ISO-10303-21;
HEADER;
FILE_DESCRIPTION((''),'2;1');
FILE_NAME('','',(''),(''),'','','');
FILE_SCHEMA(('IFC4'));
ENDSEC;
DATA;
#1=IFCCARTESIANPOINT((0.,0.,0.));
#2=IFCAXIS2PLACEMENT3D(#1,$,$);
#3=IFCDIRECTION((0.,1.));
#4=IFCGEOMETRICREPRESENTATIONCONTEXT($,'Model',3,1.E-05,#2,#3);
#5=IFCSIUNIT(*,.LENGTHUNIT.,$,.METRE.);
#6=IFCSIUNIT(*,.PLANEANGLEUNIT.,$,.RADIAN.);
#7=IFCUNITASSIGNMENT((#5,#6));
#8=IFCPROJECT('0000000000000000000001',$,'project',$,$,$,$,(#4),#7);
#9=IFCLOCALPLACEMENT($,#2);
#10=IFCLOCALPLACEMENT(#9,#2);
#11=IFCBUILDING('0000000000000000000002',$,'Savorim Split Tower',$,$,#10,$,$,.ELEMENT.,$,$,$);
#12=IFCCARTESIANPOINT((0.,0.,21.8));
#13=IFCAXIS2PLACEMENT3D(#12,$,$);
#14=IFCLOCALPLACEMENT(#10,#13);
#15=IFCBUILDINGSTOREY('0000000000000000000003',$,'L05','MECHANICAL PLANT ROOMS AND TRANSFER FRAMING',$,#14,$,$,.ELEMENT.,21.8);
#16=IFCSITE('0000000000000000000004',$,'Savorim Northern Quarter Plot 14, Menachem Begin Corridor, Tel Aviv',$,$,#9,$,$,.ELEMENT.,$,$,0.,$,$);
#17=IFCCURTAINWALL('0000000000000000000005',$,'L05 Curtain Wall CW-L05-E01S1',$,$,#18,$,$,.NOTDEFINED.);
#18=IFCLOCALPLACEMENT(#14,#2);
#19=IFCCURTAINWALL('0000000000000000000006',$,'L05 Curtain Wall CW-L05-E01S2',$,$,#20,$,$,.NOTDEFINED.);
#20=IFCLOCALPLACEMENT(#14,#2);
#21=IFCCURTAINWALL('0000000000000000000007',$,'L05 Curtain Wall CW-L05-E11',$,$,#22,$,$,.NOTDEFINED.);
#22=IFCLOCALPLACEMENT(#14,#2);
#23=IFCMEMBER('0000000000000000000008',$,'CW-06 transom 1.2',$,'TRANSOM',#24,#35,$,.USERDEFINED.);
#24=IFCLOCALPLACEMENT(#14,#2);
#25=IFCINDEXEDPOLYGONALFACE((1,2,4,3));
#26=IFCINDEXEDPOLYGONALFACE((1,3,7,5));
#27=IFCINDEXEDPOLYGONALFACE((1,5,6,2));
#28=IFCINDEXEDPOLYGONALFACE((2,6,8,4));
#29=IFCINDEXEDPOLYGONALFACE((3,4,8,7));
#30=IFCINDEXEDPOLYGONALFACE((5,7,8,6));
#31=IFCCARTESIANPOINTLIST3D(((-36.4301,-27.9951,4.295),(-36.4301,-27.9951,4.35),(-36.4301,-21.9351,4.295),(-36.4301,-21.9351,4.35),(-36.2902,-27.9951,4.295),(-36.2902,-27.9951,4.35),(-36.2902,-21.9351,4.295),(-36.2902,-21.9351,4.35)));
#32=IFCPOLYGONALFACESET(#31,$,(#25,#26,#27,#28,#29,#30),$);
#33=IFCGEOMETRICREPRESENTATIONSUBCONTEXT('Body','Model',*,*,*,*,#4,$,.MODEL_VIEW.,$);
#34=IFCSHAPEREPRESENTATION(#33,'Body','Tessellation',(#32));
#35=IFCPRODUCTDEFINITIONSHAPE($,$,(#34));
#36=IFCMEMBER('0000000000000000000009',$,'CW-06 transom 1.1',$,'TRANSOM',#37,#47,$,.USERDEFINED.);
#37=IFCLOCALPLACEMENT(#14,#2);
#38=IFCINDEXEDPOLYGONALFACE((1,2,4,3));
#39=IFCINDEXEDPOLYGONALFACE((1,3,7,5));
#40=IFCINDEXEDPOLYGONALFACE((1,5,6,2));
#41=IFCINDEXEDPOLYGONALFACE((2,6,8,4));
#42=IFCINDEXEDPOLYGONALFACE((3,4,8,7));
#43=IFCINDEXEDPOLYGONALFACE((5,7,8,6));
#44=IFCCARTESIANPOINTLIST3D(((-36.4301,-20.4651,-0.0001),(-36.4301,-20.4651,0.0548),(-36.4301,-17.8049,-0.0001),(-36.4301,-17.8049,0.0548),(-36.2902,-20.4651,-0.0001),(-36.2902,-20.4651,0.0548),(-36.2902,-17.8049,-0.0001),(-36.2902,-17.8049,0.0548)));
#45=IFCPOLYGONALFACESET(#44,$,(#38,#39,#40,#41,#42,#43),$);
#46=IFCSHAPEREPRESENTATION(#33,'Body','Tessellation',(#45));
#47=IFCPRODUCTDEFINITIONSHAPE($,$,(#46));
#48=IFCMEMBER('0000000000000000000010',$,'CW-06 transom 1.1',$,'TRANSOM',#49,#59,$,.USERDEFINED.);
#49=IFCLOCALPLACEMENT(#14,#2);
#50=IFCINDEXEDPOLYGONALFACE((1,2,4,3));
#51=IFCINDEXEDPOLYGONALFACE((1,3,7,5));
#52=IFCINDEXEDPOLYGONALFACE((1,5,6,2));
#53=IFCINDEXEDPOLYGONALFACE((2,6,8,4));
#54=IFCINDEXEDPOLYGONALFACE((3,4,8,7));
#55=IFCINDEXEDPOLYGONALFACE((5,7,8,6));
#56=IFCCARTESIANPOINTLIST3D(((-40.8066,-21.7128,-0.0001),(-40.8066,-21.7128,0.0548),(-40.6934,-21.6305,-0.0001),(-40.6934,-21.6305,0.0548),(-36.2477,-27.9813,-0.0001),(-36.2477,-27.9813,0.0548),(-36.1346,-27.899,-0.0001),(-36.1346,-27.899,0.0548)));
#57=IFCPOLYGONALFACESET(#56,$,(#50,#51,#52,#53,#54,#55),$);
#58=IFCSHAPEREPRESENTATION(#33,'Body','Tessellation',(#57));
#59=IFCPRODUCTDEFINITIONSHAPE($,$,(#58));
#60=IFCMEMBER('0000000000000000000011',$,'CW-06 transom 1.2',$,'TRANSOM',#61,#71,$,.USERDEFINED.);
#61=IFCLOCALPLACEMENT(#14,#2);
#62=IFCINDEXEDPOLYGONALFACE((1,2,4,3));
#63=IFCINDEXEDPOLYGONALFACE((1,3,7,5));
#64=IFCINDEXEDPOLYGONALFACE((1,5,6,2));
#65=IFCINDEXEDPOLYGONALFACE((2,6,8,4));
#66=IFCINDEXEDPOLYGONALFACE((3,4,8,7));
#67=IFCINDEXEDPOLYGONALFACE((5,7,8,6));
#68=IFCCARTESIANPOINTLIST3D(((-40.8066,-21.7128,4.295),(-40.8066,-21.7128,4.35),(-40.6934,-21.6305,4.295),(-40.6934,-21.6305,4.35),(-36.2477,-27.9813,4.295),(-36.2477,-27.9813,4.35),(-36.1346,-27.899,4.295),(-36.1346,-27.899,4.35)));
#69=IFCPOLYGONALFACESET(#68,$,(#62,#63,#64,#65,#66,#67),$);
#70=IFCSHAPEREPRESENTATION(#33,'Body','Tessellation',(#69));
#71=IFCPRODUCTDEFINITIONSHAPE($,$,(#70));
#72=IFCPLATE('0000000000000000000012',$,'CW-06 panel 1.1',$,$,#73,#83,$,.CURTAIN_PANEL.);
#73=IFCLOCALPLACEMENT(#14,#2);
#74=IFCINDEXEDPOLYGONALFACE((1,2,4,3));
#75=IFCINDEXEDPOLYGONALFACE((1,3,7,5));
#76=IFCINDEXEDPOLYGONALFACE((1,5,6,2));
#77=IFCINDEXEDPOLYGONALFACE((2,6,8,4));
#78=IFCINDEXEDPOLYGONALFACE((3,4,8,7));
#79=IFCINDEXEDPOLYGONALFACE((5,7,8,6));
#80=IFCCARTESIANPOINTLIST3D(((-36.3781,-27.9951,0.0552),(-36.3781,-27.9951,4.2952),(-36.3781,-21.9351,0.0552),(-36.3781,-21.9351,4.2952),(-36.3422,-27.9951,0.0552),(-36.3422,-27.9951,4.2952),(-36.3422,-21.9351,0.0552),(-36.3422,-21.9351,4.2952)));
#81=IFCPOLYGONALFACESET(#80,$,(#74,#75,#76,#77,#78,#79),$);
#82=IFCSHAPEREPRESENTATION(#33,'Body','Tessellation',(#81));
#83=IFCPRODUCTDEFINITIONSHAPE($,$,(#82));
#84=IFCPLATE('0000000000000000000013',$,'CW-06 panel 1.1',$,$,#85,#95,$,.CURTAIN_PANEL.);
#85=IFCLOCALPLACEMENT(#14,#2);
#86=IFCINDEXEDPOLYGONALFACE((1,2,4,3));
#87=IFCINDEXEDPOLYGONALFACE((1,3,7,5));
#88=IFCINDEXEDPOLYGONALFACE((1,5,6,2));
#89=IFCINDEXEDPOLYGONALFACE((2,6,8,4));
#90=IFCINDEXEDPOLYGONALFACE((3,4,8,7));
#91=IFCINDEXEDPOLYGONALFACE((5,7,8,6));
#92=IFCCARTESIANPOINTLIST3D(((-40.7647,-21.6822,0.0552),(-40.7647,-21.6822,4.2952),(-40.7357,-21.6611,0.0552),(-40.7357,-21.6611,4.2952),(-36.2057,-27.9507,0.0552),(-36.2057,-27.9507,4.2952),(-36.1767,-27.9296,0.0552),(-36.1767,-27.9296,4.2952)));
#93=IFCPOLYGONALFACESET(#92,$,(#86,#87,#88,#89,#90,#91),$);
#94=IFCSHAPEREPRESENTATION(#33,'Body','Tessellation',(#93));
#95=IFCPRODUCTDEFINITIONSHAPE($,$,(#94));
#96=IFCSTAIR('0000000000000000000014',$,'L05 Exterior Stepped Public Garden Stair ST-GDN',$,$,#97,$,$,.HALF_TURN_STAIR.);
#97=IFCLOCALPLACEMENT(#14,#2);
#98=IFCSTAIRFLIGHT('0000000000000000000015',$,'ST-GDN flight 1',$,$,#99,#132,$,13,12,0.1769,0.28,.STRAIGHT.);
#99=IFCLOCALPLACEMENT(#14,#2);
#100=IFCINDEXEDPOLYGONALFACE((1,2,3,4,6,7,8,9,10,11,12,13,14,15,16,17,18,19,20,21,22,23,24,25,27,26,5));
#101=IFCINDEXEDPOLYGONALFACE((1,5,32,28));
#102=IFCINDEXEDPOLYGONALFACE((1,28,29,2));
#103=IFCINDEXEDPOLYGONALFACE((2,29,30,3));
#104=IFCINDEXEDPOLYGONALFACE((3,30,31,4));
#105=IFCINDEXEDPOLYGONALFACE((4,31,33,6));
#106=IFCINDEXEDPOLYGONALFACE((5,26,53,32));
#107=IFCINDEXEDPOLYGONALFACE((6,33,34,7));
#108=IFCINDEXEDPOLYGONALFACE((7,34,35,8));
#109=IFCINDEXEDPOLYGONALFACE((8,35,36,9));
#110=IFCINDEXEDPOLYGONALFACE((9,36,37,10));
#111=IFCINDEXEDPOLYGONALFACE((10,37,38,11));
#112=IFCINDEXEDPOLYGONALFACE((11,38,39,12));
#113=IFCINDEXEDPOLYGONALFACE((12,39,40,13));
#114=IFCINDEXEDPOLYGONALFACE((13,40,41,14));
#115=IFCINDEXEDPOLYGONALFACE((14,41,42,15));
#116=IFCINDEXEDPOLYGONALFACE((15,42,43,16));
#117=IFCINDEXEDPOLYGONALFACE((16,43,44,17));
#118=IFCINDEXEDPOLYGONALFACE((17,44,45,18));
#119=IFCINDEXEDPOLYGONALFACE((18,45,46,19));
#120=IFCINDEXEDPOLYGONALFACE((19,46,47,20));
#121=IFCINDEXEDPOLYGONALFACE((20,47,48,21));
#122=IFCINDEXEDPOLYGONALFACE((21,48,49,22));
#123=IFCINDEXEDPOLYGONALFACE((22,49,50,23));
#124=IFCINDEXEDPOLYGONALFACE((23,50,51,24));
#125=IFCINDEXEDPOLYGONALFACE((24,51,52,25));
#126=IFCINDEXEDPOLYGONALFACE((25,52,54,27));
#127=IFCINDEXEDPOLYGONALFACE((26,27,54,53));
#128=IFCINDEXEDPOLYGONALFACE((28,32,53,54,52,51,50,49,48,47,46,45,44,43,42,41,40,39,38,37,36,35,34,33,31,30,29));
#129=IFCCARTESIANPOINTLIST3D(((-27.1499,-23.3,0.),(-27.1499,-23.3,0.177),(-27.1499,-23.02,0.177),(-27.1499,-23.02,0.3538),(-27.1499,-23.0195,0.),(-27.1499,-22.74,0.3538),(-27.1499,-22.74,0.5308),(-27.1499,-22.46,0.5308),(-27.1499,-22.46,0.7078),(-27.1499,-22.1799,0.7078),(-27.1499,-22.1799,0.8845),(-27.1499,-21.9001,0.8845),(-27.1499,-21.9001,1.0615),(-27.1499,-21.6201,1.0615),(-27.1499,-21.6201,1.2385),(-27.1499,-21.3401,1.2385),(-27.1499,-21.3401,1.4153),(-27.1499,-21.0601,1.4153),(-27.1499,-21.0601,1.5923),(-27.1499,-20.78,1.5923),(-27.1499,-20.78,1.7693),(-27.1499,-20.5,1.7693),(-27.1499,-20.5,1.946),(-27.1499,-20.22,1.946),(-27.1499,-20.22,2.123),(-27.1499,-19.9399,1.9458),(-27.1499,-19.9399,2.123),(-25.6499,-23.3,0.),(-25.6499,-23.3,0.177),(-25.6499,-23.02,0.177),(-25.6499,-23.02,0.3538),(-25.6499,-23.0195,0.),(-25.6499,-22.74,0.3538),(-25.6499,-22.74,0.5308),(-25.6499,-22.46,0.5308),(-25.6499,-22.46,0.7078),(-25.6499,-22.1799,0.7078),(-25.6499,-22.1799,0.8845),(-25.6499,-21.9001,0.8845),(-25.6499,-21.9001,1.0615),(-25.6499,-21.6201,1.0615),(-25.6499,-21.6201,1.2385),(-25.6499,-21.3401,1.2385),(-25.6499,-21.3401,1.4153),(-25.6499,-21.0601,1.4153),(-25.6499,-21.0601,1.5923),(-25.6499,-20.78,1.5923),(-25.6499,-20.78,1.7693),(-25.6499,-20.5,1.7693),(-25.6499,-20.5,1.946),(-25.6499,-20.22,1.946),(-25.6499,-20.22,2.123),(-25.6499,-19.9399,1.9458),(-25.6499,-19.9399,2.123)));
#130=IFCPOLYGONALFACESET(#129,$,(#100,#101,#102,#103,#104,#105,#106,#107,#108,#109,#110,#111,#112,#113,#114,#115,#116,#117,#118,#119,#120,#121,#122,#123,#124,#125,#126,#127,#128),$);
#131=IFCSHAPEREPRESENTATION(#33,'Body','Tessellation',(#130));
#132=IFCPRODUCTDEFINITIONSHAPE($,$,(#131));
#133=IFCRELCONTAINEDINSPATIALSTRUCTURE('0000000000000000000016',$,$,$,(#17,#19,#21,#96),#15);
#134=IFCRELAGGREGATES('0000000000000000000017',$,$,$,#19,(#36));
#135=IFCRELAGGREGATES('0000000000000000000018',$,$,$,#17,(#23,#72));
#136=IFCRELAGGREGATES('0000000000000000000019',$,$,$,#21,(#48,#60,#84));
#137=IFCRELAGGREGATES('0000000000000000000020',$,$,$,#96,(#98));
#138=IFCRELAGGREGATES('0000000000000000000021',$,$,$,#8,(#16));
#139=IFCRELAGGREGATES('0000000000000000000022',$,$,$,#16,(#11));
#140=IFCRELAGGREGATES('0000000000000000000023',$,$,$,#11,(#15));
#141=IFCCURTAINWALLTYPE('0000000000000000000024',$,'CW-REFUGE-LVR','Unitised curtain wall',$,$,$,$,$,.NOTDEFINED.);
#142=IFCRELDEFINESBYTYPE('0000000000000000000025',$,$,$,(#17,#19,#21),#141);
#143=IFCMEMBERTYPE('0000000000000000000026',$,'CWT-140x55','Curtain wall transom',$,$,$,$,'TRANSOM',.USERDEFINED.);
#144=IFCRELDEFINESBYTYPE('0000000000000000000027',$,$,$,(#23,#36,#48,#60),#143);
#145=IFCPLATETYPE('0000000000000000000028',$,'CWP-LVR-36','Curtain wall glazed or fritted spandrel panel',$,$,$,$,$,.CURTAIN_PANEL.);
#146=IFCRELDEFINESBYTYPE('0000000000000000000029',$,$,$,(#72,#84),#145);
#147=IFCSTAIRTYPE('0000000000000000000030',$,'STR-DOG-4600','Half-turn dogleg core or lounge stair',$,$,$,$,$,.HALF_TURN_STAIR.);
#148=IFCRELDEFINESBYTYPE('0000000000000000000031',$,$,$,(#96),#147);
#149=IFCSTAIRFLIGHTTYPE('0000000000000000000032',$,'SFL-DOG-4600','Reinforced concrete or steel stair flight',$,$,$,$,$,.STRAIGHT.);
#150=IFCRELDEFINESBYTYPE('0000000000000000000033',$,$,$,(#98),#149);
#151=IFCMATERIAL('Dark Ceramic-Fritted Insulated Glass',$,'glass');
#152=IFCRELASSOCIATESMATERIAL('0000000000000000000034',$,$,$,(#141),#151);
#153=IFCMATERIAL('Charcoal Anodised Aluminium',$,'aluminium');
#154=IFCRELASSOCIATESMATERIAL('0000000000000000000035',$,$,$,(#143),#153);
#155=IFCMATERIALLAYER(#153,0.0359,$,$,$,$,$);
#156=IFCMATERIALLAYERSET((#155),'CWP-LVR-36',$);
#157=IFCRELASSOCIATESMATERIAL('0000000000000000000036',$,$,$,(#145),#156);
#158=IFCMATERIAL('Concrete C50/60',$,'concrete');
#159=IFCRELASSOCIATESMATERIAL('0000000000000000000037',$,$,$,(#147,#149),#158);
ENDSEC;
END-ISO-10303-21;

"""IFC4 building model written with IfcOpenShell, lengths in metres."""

from ifc_helpers import new_model, si_unit, direction, frame, origin, origin_2d, place, context, subcontext, project, spatial, polyline, rectangle, outline, extrude, material, layer, layer_set, material_profile, profile_set, type_object, element, aggregate, save


model = new_model("IFC4")

# Units and contexts
model_context = context("Model", 3, precision=1e-05, world=origin(), true_north=direction((0.0, 1.0)))
body_context = subcontext(model_context, "Body", "Model", "MODEL_VIEW")
ifc_project = project(units=[si_unit("LENGTHUNIT", "METRE"), si_unit("PLANEANGLEUNIT", "RADIAN")], contexts=[model_context])

# Site, building, storey
site_placement = place(None, origin())
site = spatial("IfcSite", under=ifc_project, at=site_placement, Name="Savorim Northern Quarter Plot 14, Menachem Begin Corridor, Tel Aviv", CompositionType="ELEMENT", RefElevation=0.0)
building_placement = place(site_placement, origin())
building = spatial("IfcBuilding", under=site, at=building_placement, Name="Savorim Split Tower", CompositionType="ELEMENT")
storey_placement = place(building_placement, frame((0.0, 0.0, 21.8)))
storey = spatial("IfcBuildingStorey", under=building, at=storey_placement, Name="L05", Description="MECHANICAL PLANT ROOMS AND TRANSFER FRAMING", CompositionType="ELEMENT", Elevation=21.8)

# Curtain wall
ifc_material_1 = material(Name="Dark Ceramic-Fritted Insulated Glass", Category="glass")
curtain_wall_type = type_object("IfcCurtainWallType", Name="CW-REFUGE-LVR", Description="Unitised curtain wall", PredefinedType="NOTDEFINED", material=ifc_material_1)
curtain_wall_1_placement = place(storey_placement, origin())
curtain_wall_1 = element("IfcCurtainWall", 1, at=curtain_wall_1_placement, inside=storey, type_object=curtain_wall_type, Name="L05 Curtain Wall CW-L05-E01S1", PredefinedType="NOTDEFINED")
ifc_material_2 = material(Name="Charcoal Anodised Aluminium", Category="aluminium")

# Curtain wall
curtain_wall_2_placement = place(storey_placement, origin())
curtain_wall_2 = element("IfcCurtainWall", 2, at=curtain_wall_2_placement, inside=storey, type_object=curtain_wall_type, Name="L05 Curtain Wall CW-L05-E01S2", PredefinedType="NOTDEFINED")

# Curtain wall
curtain_wall_3_placement = place(storey_placement, origin())
curtain_wall_3 = element("IfcCurtainWall", 3, at=curtain_wall_3_placement, inside=storey, type_object=curtain_wall_type, Name="L05 Curtain Wall CW-L05-E11", PredefinedType="NOTDEFINED")

# Members
ifc_material_profile_1 = material_profile(ifc_material_2, rectangle(XDim=0.1399, YDim=0.0549, at=origin_2d()), Name="ALU-T 140x55")
ifc_profile_set_1 = profile_set([ifc_material_profile_1], Name="Charcoal Anodised Aluminium")
member_type_1 = type_object("IfcMemberType", Name="CWT-140x55", Description="Curtain wall transom", ElementType="TRANSOM", PredefinedType="USERDEFINED", material=ifc_profile_set_1)
member_1_placement = place(storey_placement, frame((-36.3601, -27.9951, 4.3225), z_axis=(0.0, 1.0, 0.0), x_axis=(-1.0, 0.0, 0.0)))
member_1 = element("IfcMember", 4, at=member_1_placement, type_object=member_type_1, Name="CW-06 transom 1.2", ObjectType="TRANSOM", PredefinedType="USERDEFINED", context=body_context, shape_type="SweptSolid", body=[
    extrude(rectangle(XDim=0.1399, YDim=0.0549, at=origin_2d()), origin(), (0.0, 0.0, 1.0), 6.0601),
])
member_2_placement = place(storey_placement, frame((-36.3601, -20.4651, 0.0273), z_axis=(0.0, 1.0, 0.0), x_axis=(-1.0, 0.0, 0.0)))
member_2 = element("IfcMember", 5, at=member_2_placement, type_object=member_type_1, Name="CW-06 transom 1.1", ObjectType="TRANSOM", PredefinedType="USERDEFINED", context=body_context, shape_type="SweptSolid", body=[
    extrude(rectangle(XDim=0.1399, YDim=0.0549, at=origin_2d()), origin(), (0.0, 0.0, 1.0), 2.6602),
])
aggregate(curtain_wall_2, [member_2])
member_3_placement = place(storey_placement, frame((-40.75, -21.6716, 0.0273), z_axis=(0.588162, -0.808743, 0.0), x_axis=(0.808743, 0.588162, 0.0)))
member_3 = element("IfcMember", 6, at=member_3_placement, type_object=member_type_1, Name="CW-06 transom 1.1", ObjectType="TRANSOM", PredefinedType="USERDEFINED", context=body_context, shape_type="SweptSolid", body=[
    extrude(rectangle(XDim=0.1399, YDim=0.0549, at=origin_2d()), origin(), (0.0, 0.0, 1.0), 7.751),
])
member_4_placement = place(storey_placement, frame((-40.75, -21.6716, 4.3225), z_axis=(0.588162, -0.808743, 0.0), x_axis=(0.808743, 0.588162, 0.0)))
member_4 = element("IfcMember", 7, at=member_4_placement, type_object=member_type_1, Name="CW-06 transom 1.2", ObjectType="TRANSOM", PredefinedType="USERDEFINED", context=body_context, shape_type="SweptSolid", body=[
    extrude(rectangle(XDim=0.1399, YDim=0.0549, at=origin_2d()), origin(), (0.0, 0.0, 1.0), 7.751),
])

# Plates
ifc_layer = layer(ifc_material_2, 0.0359)
ifc_layer_set = layer_set([ifc_layer], Name="CWP-LVR-36")
plate_type = type_object("IfcPlateType", Name="CWP-LVR-36", Description="Curtain wall glazed or fritted spandrel panel", PredefinedType="CURTAIN_PANEL", material=ifc_layer_set)
plate_1_placement = place(storey_placement, frame((-36.3601, -24.9651, 0.0552), z_axis=(0.0, 0.0, 1.0), x_axis=(0.0, 1.0, 0.0)))
plate_1 = element("IfcPlate", 8, at=plate_1_placement, type_object=plate_type, Name="CW-06 panel 1.1", PredefinedType="CURTAIN_PANEL", context=body_context, shape_type="SweptSolid", body=[
    extrude(rectangle(XDim=6.0601, YDim=0.0359, at=origin_2d()), origin(), (0.0, 0.0, 1.0), 4.24),
])
aggregate(curtain_wall_1, [member_1, plate_1])
plate_2_placement = place(storey_placement, frame((-38.4707, -24.8059, 0.0552), z_axis=(0.0, 0.0, 1.0), x_axis=(0.588176, -0.808733, 0.0)))
plate_2 = element("IfcPlate", 9, at=plate_2_placement, type_object=plate_type, Name="CW-06 panel 1.1", PredefinedType="CURTAIN_PANEL", context=body_context, shape_type="SweptSolid", body=[
    extrude(rectangle(XDim=7.751, YDim=0.0359, at=origin_2d()), origin(), (0.0, 0.0, 1.0), 4.24),
])
aggregate(curtain_wall_3, [member_3, member_4, plate_2])

# Stair, stair flight
ifc_material_3 = material(Name="Concrete C50/60", Category="concrete")
stair_type = type_object("IfcStairType", Name="STR-DOG-4600", Description="Half-turn dogleg core or lounge stair", PredefinedType="HALF_TURN_STAIR", material=ifc_material_3)
stair_placement = place(storey_placement, origin())
stair = element("IfcStair", 10, at=stair_placement, inside=storey, type_object=stair_type, Name="L05 Exterior Stepped Public Garden Stair ST-GDN", PredefinedType="HALF_TURN_STAIR")
stair_flight_type = type_object("IfcStairFlightType", Name="SFL-DOG-4600", Description="Reinforced concrete or steel stair flight", PredefinedType="STRAIGHT", material=ifc_material_3)
stair_flight_placement = place(storey_placement, frame((-26.3999, -23.3, 0.0), z_axis=(0.0, 0.0, 1.0), x_axis=(0.0, 1.0, 0.0)))
stair_flight = element("IfcStairFlight", 11, at=stair_flight_placement, type_object=stair_flight_type, Name="ST-GDN flight 1", NumberOfRisers=13, NumberOfTreads=12, PredefinedType="STRAIGHT", RiserHeight=0.1769, TreadLength=0.28, context=body_context, shape_type="SweptSolid", body=[
    extrude(outline(polyline([(0.0, 0.0), (0.0, 0.177), (0.28, 0.177), (0.28, 0.3538), (0.5601, 0.3538), (0.5601, 0.5308), (0.8401, 0.5308), (0.8401, 0.7078), (1.1201, 0.7078), (1.1201, 0.8845), (1.3999, 0.8845), (1.3999, 1.0615), (1.6799, 1.0615), (1.6799, 1.2385), (1.96, 1.2385), (1.96, 1.4153), (2.24, 1.4153), (2.24, 1.5923), (2.52, 1.5923), (2.52, 1.7693), (2.8, 1.7693), (2.8, 1.946), (3.0801, 1.946), (3.0801, 2.123), (3.3601, 2.123), (3.3601, 2.3), (3.3601, 1.9458), (0.2805, 0.0), (0.0, 0.0)])), frame((0.0, 0.75, 0.0), z_axis=(0.0, -1.0, 0.0), x_axis=(1.0, 0.0, 0.0)), (0.0, 0.0, 1.0), 1.5),
])
aggregate(stair, [stair_flight])

save(model, "model.ifc")
